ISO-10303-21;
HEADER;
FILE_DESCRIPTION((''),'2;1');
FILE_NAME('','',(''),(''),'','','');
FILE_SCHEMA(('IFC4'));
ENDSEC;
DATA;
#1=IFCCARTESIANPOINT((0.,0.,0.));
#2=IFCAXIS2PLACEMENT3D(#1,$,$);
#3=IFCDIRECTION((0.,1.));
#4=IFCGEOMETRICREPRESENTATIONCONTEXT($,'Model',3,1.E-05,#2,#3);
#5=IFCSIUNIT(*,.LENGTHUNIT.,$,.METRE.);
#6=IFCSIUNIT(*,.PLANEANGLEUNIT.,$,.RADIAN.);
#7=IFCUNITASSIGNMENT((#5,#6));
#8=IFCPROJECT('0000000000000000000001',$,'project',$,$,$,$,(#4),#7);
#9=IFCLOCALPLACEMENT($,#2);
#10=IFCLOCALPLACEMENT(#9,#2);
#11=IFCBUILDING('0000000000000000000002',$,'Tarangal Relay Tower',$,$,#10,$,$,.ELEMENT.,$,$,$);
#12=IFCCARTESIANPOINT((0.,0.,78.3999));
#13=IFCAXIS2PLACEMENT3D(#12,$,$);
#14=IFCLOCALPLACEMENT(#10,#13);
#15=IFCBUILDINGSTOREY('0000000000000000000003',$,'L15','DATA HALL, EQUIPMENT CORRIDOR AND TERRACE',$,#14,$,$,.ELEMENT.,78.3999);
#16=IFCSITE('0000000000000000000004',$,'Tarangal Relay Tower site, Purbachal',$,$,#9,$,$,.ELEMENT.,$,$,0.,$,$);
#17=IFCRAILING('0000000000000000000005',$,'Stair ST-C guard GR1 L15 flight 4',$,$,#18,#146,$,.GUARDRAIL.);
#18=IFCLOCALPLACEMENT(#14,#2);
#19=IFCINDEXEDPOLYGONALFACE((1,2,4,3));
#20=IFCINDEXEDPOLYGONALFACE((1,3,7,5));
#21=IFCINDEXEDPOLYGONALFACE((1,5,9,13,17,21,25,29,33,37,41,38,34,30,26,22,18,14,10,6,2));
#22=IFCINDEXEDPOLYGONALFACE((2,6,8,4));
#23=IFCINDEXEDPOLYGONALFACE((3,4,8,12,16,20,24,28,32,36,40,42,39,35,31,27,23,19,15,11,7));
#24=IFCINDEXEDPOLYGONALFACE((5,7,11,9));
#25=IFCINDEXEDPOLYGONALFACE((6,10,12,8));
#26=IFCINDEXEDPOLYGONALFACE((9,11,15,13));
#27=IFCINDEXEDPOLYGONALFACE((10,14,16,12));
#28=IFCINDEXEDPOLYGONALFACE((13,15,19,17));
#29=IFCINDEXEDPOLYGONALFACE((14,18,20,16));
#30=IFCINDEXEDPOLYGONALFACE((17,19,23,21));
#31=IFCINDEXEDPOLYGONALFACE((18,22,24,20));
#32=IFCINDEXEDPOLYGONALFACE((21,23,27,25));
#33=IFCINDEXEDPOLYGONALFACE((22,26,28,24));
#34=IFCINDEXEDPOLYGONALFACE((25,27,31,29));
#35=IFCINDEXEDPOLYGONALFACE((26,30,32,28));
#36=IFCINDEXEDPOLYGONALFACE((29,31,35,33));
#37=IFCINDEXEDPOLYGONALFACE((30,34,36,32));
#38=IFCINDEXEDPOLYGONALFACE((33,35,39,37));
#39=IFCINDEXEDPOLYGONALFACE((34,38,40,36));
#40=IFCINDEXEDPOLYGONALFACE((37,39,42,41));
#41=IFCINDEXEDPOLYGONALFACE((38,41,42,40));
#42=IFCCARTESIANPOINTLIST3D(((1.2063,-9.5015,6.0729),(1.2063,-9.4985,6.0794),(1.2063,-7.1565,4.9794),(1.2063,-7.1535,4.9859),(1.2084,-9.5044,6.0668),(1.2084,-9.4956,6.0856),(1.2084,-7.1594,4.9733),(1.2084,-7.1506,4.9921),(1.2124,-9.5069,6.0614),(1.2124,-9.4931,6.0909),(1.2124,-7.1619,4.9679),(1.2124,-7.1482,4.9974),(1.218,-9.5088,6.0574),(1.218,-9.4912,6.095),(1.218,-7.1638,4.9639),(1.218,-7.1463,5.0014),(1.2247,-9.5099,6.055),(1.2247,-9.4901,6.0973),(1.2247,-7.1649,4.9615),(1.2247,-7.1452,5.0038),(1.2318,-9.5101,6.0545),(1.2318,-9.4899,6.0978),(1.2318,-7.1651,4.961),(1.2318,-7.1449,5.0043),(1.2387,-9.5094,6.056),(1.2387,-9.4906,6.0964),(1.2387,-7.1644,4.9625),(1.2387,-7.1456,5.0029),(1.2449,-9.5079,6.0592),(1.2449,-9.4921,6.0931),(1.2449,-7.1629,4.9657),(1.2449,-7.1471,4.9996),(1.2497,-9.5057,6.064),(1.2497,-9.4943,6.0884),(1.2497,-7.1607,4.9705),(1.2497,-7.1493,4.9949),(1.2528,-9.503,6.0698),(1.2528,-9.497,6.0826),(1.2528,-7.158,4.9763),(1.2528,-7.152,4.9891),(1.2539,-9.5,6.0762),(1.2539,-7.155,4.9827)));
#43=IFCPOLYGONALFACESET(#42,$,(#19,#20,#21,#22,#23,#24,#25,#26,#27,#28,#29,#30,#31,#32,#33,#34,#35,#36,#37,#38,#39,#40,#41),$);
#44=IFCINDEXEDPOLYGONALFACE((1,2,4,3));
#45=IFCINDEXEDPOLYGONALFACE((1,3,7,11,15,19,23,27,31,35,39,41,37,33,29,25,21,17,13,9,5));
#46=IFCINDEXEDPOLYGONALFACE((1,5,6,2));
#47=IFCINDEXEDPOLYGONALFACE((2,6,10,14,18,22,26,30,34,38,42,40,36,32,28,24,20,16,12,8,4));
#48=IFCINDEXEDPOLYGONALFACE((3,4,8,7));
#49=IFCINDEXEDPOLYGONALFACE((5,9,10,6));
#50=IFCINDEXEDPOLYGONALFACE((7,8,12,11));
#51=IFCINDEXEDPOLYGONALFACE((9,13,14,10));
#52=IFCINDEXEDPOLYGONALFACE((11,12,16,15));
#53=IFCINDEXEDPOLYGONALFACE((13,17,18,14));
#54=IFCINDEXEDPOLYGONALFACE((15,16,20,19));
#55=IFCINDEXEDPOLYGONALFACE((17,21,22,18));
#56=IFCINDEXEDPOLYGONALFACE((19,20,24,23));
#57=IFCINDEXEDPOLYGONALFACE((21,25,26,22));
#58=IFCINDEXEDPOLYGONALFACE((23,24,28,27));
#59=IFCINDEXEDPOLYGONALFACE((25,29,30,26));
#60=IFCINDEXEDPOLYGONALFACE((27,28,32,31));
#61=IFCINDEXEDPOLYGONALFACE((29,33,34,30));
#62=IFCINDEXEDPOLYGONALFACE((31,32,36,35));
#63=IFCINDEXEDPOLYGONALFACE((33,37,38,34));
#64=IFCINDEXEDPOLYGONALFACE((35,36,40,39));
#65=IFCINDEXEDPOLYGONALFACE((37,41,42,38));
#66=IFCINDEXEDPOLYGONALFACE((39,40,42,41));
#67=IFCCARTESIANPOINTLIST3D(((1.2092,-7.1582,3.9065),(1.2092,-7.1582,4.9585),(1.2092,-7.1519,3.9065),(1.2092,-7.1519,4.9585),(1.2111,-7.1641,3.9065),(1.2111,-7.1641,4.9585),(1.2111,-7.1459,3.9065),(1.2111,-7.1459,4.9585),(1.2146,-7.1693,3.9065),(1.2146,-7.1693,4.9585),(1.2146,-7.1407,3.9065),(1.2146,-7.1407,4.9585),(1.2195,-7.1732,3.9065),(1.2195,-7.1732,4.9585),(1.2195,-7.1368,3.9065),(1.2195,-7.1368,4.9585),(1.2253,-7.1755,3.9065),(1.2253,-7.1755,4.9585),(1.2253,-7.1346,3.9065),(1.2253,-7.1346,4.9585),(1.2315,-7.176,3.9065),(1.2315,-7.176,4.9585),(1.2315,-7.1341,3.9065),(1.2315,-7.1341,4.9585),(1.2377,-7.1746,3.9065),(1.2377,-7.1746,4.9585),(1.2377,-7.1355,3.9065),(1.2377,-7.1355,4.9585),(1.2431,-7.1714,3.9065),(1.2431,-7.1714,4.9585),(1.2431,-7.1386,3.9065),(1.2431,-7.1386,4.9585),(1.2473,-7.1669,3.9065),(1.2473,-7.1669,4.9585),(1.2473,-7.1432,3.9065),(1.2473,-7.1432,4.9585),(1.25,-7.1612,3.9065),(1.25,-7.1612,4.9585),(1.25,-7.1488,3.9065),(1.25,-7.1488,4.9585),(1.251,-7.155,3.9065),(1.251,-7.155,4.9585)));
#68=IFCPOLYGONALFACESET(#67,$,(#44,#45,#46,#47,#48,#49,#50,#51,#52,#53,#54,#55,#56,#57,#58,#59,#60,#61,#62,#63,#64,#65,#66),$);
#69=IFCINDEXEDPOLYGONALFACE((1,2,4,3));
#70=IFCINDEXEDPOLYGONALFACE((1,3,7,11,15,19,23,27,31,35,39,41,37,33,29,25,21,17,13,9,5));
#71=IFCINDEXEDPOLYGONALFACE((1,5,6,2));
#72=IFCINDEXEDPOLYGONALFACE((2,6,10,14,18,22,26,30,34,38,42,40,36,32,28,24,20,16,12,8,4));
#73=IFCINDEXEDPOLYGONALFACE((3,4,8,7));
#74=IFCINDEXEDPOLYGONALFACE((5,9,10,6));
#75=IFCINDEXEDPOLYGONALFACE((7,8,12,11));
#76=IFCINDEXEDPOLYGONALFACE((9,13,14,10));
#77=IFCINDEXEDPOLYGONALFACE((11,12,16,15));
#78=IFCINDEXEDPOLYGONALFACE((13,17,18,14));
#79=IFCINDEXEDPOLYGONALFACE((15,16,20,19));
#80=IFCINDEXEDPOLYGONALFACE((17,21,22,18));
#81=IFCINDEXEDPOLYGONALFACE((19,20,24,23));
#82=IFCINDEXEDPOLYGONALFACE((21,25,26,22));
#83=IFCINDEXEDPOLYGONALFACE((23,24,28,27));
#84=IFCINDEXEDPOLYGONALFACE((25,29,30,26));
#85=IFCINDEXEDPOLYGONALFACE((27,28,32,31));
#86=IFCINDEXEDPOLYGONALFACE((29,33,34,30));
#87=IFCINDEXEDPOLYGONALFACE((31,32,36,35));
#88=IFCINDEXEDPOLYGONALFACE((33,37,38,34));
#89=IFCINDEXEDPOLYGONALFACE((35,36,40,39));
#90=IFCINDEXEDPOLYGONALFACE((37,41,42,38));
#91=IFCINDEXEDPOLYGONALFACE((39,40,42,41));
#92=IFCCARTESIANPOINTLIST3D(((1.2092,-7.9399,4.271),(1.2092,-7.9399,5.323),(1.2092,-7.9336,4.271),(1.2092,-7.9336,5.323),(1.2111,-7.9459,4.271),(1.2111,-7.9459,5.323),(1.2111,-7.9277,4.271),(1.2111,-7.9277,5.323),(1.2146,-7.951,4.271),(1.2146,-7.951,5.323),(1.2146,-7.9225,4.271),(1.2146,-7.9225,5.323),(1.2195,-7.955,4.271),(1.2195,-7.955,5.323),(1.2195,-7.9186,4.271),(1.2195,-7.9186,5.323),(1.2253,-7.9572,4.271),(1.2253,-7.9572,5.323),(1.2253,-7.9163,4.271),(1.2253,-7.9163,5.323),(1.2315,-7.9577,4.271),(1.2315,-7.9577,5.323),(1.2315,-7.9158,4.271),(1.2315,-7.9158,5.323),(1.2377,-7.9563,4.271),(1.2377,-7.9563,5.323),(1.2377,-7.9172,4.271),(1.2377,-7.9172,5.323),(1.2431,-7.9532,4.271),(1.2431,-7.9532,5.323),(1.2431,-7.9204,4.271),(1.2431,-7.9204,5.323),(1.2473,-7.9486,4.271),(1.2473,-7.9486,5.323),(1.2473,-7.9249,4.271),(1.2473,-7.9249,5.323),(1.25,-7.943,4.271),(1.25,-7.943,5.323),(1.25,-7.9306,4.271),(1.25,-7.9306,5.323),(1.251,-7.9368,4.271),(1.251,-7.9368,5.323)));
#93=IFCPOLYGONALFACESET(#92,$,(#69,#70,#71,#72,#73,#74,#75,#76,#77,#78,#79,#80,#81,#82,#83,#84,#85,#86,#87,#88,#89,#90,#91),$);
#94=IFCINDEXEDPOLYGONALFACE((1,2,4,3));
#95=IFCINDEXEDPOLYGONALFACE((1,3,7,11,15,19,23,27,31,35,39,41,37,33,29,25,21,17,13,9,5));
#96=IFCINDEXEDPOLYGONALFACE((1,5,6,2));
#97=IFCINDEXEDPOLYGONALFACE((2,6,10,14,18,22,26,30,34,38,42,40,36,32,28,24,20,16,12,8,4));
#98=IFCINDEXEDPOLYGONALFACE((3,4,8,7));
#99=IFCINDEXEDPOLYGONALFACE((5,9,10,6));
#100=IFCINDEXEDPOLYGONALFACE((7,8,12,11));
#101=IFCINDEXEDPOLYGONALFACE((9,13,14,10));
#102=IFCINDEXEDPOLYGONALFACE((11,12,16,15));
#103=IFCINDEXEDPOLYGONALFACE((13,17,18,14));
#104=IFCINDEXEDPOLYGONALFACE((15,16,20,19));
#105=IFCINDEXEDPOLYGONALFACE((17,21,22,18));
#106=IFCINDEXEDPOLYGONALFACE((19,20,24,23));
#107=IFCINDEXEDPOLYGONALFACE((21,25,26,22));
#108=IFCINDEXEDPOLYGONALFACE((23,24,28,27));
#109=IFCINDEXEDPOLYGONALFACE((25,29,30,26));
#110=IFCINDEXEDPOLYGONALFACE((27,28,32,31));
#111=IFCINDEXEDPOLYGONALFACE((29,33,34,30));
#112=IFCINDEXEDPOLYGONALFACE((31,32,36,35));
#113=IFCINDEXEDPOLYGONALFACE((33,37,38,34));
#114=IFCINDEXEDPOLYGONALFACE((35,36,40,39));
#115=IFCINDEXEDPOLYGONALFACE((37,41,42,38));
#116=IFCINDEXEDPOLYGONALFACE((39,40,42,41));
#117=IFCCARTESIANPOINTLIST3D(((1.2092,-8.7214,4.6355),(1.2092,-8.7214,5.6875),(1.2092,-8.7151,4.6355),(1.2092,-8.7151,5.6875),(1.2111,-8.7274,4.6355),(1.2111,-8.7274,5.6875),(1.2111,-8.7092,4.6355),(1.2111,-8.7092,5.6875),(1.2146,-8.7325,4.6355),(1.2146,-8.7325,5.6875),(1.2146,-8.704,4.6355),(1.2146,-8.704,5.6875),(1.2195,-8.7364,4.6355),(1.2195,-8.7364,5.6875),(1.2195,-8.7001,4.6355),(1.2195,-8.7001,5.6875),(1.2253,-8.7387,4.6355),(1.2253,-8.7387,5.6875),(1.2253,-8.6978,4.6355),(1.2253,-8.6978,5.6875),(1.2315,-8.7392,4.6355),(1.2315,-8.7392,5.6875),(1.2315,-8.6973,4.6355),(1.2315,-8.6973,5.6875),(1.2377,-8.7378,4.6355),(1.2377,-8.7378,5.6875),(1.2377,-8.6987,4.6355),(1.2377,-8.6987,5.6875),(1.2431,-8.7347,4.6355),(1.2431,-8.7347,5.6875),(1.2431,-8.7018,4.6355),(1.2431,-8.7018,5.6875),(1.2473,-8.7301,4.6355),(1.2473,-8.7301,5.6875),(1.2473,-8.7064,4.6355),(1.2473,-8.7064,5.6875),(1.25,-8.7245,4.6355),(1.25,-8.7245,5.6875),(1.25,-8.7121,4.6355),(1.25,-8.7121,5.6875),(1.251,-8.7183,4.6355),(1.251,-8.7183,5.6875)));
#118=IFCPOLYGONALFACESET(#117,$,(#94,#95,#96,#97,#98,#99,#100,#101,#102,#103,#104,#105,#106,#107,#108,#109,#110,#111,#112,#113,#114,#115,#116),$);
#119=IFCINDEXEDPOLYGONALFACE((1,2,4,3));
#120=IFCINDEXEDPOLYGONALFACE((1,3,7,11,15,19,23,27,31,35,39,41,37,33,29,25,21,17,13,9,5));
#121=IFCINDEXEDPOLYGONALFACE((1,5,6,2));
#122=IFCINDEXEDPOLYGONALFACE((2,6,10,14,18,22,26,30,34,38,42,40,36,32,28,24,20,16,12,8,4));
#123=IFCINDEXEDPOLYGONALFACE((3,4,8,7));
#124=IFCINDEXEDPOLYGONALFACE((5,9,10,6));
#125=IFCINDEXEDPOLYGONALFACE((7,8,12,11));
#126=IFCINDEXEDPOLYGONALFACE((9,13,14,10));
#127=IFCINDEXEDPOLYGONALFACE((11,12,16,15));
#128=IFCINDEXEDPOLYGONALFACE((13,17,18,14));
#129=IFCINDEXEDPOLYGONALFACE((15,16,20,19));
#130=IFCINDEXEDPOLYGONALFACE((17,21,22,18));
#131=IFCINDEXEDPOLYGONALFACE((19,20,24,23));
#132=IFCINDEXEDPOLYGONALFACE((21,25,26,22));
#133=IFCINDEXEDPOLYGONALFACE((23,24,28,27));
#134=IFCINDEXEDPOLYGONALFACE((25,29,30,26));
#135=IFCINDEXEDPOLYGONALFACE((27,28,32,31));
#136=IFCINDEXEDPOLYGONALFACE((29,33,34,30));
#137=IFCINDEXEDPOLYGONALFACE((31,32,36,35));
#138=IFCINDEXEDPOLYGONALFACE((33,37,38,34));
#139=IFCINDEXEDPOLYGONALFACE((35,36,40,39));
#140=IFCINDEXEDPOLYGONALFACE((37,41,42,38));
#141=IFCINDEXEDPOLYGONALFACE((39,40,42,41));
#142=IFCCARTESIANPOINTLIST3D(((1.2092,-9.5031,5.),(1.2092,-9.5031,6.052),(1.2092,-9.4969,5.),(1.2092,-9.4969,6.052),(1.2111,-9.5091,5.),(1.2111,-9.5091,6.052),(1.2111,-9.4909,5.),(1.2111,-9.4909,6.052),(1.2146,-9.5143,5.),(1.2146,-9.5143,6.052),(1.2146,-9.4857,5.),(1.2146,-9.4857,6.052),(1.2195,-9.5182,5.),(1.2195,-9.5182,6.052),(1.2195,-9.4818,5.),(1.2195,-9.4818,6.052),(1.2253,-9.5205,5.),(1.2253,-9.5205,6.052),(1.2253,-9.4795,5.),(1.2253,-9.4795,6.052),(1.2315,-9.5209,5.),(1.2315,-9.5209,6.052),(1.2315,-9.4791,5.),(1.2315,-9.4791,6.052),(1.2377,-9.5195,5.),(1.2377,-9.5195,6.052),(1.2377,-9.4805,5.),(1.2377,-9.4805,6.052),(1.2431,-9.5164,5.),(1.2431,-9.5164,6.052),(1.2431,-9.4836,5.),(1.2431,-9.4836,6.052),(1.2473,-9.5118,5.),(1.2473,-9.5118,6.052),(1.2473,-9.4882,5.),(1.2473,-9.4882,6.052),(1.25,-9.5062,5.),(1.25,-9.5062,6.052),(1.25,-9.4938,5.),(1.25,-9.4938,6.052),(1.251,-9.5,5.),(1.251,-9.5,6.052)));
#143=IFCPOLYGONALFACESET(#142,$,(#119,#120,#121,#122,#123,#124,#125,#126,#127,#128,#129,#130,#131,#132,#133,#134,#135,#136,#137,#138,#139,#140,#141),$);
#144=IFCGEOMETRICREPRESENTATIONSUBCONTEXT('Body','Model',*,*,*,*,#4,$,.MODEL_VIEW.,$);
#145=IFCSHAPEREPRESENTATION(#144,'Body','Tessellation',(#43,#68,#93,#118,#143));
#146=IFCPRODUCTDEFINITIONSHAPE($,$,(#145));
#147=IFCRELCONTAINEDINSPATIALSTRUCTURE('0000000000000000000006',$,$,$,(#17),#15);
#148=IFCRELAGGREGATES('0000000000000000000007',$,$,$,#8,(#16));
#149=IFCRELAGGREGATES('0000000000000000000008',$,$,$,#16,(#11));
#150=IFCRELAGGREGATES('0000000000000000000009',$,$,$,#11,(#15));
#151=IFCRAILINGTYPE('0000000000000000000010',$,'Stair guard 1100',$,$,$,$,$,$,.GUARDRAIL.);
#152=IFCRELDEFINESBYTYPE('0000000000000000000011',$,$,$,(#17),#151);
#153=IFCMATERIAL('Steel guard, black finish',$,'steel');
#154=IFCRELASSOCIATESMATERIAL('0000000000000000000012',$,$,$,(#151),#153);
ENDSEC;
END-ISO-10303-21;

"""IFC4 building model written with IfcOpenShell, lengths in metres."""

from ifc_helpers import new_model, si_unit, direction, frame, origin, origin_2d, place, context, subcontext, project, spatial, circle, extrude, material, type_object, element, save


model = new_model("IFC4")

# Units and contexts
model_context = context("Model", 3, precision=1e-05, world=origin(), true_north=direction((0.0, 1.0)))
body_context = subcontext(model_context, "Body", "Model", "MODEL_VIEW")
ifc_project = project(units=[si_unit("LENGTHUNIT", "METRE"), si_unit("PLANEANGLEUNIT", "RADIAN")], contexts=[model_context])

# Site, building, storey
site_placement = place(None, origin())
site = spatial("IfcSite", under=ifc_project, at=site_placement, Name="Tarangal Relay Tower site, Purbachal", CompositionType="ELEMENT", RefElevation=0.0)
building_placement = place(site_placement, origin())
building = spatial("IfcBuilding", under=site, at=building_placement, Name="Tarangal Relay Tower", CompositionType="ELEMENT")
storey_placement = place(building_placement, frame((0.0, 0.0, 78.3999)))
storey = spatial("IfcBuildingStorey", under=building, at=storey_placement, Name="L15", Description="DATA HALL, EQUIPMENT CORRIDOR AND TERRACE", CompositionType="ELEMENT", Elevation=78.3999)

# Railing
ifc_material_1 = material(Name="Steel guard, black finish", Category="steel")
railing_type_1 = type_object("IfcRailingType", Name="Stair guard 1100", PredefinedType="GUARDRAIL", material=ifc_material_1)
for number, where, name in (
    (1, (1.23, -7.155, 3.9065), "Stair ST-C guard GR1 L15 flight 4"),
):
    element("IfcRailing", number, at=place(storey_placement, frame(where)), inside=storey, type_object=railing_type_1, Name=name, PredefinedType="GUARDRAIL", context=body_context, shape_type="SweptSolid", body=[
        extrude(circle(Radius=0.0239, at=origin_2d()), frame((0.0, 0.0, 1.0762), z_axis=(0.0, -0.906304, 0.422627), x_axis=(1.0, 0.0, 0.0)), (0.0, 0.0, 1.0), 2.5874),
        extrude(circle(Radius=0.021, at=origin_2d()), origin(), (0.0, 0.0, 1.0), 1.052),
        extrude(circle(Radius=0.021, at=origin_2d()), frame((0.0, -0.7817, 0.3645)), (0.0, 0.0, 1.0), 1.052),
        extrude(circle(Radius=0.021, at=origin_2d()), frame((0.0, -1.5632, 0.729)), (0.0, 0.0, 1.0), 1.052),
        extrude(circle(Radius=0.021, at=origin_2d()), frame((0.0, -2.345, 1.0935)), (0.0, 0.0, 1.0), 1.052),
    ])

save(model, "model.ifc")
